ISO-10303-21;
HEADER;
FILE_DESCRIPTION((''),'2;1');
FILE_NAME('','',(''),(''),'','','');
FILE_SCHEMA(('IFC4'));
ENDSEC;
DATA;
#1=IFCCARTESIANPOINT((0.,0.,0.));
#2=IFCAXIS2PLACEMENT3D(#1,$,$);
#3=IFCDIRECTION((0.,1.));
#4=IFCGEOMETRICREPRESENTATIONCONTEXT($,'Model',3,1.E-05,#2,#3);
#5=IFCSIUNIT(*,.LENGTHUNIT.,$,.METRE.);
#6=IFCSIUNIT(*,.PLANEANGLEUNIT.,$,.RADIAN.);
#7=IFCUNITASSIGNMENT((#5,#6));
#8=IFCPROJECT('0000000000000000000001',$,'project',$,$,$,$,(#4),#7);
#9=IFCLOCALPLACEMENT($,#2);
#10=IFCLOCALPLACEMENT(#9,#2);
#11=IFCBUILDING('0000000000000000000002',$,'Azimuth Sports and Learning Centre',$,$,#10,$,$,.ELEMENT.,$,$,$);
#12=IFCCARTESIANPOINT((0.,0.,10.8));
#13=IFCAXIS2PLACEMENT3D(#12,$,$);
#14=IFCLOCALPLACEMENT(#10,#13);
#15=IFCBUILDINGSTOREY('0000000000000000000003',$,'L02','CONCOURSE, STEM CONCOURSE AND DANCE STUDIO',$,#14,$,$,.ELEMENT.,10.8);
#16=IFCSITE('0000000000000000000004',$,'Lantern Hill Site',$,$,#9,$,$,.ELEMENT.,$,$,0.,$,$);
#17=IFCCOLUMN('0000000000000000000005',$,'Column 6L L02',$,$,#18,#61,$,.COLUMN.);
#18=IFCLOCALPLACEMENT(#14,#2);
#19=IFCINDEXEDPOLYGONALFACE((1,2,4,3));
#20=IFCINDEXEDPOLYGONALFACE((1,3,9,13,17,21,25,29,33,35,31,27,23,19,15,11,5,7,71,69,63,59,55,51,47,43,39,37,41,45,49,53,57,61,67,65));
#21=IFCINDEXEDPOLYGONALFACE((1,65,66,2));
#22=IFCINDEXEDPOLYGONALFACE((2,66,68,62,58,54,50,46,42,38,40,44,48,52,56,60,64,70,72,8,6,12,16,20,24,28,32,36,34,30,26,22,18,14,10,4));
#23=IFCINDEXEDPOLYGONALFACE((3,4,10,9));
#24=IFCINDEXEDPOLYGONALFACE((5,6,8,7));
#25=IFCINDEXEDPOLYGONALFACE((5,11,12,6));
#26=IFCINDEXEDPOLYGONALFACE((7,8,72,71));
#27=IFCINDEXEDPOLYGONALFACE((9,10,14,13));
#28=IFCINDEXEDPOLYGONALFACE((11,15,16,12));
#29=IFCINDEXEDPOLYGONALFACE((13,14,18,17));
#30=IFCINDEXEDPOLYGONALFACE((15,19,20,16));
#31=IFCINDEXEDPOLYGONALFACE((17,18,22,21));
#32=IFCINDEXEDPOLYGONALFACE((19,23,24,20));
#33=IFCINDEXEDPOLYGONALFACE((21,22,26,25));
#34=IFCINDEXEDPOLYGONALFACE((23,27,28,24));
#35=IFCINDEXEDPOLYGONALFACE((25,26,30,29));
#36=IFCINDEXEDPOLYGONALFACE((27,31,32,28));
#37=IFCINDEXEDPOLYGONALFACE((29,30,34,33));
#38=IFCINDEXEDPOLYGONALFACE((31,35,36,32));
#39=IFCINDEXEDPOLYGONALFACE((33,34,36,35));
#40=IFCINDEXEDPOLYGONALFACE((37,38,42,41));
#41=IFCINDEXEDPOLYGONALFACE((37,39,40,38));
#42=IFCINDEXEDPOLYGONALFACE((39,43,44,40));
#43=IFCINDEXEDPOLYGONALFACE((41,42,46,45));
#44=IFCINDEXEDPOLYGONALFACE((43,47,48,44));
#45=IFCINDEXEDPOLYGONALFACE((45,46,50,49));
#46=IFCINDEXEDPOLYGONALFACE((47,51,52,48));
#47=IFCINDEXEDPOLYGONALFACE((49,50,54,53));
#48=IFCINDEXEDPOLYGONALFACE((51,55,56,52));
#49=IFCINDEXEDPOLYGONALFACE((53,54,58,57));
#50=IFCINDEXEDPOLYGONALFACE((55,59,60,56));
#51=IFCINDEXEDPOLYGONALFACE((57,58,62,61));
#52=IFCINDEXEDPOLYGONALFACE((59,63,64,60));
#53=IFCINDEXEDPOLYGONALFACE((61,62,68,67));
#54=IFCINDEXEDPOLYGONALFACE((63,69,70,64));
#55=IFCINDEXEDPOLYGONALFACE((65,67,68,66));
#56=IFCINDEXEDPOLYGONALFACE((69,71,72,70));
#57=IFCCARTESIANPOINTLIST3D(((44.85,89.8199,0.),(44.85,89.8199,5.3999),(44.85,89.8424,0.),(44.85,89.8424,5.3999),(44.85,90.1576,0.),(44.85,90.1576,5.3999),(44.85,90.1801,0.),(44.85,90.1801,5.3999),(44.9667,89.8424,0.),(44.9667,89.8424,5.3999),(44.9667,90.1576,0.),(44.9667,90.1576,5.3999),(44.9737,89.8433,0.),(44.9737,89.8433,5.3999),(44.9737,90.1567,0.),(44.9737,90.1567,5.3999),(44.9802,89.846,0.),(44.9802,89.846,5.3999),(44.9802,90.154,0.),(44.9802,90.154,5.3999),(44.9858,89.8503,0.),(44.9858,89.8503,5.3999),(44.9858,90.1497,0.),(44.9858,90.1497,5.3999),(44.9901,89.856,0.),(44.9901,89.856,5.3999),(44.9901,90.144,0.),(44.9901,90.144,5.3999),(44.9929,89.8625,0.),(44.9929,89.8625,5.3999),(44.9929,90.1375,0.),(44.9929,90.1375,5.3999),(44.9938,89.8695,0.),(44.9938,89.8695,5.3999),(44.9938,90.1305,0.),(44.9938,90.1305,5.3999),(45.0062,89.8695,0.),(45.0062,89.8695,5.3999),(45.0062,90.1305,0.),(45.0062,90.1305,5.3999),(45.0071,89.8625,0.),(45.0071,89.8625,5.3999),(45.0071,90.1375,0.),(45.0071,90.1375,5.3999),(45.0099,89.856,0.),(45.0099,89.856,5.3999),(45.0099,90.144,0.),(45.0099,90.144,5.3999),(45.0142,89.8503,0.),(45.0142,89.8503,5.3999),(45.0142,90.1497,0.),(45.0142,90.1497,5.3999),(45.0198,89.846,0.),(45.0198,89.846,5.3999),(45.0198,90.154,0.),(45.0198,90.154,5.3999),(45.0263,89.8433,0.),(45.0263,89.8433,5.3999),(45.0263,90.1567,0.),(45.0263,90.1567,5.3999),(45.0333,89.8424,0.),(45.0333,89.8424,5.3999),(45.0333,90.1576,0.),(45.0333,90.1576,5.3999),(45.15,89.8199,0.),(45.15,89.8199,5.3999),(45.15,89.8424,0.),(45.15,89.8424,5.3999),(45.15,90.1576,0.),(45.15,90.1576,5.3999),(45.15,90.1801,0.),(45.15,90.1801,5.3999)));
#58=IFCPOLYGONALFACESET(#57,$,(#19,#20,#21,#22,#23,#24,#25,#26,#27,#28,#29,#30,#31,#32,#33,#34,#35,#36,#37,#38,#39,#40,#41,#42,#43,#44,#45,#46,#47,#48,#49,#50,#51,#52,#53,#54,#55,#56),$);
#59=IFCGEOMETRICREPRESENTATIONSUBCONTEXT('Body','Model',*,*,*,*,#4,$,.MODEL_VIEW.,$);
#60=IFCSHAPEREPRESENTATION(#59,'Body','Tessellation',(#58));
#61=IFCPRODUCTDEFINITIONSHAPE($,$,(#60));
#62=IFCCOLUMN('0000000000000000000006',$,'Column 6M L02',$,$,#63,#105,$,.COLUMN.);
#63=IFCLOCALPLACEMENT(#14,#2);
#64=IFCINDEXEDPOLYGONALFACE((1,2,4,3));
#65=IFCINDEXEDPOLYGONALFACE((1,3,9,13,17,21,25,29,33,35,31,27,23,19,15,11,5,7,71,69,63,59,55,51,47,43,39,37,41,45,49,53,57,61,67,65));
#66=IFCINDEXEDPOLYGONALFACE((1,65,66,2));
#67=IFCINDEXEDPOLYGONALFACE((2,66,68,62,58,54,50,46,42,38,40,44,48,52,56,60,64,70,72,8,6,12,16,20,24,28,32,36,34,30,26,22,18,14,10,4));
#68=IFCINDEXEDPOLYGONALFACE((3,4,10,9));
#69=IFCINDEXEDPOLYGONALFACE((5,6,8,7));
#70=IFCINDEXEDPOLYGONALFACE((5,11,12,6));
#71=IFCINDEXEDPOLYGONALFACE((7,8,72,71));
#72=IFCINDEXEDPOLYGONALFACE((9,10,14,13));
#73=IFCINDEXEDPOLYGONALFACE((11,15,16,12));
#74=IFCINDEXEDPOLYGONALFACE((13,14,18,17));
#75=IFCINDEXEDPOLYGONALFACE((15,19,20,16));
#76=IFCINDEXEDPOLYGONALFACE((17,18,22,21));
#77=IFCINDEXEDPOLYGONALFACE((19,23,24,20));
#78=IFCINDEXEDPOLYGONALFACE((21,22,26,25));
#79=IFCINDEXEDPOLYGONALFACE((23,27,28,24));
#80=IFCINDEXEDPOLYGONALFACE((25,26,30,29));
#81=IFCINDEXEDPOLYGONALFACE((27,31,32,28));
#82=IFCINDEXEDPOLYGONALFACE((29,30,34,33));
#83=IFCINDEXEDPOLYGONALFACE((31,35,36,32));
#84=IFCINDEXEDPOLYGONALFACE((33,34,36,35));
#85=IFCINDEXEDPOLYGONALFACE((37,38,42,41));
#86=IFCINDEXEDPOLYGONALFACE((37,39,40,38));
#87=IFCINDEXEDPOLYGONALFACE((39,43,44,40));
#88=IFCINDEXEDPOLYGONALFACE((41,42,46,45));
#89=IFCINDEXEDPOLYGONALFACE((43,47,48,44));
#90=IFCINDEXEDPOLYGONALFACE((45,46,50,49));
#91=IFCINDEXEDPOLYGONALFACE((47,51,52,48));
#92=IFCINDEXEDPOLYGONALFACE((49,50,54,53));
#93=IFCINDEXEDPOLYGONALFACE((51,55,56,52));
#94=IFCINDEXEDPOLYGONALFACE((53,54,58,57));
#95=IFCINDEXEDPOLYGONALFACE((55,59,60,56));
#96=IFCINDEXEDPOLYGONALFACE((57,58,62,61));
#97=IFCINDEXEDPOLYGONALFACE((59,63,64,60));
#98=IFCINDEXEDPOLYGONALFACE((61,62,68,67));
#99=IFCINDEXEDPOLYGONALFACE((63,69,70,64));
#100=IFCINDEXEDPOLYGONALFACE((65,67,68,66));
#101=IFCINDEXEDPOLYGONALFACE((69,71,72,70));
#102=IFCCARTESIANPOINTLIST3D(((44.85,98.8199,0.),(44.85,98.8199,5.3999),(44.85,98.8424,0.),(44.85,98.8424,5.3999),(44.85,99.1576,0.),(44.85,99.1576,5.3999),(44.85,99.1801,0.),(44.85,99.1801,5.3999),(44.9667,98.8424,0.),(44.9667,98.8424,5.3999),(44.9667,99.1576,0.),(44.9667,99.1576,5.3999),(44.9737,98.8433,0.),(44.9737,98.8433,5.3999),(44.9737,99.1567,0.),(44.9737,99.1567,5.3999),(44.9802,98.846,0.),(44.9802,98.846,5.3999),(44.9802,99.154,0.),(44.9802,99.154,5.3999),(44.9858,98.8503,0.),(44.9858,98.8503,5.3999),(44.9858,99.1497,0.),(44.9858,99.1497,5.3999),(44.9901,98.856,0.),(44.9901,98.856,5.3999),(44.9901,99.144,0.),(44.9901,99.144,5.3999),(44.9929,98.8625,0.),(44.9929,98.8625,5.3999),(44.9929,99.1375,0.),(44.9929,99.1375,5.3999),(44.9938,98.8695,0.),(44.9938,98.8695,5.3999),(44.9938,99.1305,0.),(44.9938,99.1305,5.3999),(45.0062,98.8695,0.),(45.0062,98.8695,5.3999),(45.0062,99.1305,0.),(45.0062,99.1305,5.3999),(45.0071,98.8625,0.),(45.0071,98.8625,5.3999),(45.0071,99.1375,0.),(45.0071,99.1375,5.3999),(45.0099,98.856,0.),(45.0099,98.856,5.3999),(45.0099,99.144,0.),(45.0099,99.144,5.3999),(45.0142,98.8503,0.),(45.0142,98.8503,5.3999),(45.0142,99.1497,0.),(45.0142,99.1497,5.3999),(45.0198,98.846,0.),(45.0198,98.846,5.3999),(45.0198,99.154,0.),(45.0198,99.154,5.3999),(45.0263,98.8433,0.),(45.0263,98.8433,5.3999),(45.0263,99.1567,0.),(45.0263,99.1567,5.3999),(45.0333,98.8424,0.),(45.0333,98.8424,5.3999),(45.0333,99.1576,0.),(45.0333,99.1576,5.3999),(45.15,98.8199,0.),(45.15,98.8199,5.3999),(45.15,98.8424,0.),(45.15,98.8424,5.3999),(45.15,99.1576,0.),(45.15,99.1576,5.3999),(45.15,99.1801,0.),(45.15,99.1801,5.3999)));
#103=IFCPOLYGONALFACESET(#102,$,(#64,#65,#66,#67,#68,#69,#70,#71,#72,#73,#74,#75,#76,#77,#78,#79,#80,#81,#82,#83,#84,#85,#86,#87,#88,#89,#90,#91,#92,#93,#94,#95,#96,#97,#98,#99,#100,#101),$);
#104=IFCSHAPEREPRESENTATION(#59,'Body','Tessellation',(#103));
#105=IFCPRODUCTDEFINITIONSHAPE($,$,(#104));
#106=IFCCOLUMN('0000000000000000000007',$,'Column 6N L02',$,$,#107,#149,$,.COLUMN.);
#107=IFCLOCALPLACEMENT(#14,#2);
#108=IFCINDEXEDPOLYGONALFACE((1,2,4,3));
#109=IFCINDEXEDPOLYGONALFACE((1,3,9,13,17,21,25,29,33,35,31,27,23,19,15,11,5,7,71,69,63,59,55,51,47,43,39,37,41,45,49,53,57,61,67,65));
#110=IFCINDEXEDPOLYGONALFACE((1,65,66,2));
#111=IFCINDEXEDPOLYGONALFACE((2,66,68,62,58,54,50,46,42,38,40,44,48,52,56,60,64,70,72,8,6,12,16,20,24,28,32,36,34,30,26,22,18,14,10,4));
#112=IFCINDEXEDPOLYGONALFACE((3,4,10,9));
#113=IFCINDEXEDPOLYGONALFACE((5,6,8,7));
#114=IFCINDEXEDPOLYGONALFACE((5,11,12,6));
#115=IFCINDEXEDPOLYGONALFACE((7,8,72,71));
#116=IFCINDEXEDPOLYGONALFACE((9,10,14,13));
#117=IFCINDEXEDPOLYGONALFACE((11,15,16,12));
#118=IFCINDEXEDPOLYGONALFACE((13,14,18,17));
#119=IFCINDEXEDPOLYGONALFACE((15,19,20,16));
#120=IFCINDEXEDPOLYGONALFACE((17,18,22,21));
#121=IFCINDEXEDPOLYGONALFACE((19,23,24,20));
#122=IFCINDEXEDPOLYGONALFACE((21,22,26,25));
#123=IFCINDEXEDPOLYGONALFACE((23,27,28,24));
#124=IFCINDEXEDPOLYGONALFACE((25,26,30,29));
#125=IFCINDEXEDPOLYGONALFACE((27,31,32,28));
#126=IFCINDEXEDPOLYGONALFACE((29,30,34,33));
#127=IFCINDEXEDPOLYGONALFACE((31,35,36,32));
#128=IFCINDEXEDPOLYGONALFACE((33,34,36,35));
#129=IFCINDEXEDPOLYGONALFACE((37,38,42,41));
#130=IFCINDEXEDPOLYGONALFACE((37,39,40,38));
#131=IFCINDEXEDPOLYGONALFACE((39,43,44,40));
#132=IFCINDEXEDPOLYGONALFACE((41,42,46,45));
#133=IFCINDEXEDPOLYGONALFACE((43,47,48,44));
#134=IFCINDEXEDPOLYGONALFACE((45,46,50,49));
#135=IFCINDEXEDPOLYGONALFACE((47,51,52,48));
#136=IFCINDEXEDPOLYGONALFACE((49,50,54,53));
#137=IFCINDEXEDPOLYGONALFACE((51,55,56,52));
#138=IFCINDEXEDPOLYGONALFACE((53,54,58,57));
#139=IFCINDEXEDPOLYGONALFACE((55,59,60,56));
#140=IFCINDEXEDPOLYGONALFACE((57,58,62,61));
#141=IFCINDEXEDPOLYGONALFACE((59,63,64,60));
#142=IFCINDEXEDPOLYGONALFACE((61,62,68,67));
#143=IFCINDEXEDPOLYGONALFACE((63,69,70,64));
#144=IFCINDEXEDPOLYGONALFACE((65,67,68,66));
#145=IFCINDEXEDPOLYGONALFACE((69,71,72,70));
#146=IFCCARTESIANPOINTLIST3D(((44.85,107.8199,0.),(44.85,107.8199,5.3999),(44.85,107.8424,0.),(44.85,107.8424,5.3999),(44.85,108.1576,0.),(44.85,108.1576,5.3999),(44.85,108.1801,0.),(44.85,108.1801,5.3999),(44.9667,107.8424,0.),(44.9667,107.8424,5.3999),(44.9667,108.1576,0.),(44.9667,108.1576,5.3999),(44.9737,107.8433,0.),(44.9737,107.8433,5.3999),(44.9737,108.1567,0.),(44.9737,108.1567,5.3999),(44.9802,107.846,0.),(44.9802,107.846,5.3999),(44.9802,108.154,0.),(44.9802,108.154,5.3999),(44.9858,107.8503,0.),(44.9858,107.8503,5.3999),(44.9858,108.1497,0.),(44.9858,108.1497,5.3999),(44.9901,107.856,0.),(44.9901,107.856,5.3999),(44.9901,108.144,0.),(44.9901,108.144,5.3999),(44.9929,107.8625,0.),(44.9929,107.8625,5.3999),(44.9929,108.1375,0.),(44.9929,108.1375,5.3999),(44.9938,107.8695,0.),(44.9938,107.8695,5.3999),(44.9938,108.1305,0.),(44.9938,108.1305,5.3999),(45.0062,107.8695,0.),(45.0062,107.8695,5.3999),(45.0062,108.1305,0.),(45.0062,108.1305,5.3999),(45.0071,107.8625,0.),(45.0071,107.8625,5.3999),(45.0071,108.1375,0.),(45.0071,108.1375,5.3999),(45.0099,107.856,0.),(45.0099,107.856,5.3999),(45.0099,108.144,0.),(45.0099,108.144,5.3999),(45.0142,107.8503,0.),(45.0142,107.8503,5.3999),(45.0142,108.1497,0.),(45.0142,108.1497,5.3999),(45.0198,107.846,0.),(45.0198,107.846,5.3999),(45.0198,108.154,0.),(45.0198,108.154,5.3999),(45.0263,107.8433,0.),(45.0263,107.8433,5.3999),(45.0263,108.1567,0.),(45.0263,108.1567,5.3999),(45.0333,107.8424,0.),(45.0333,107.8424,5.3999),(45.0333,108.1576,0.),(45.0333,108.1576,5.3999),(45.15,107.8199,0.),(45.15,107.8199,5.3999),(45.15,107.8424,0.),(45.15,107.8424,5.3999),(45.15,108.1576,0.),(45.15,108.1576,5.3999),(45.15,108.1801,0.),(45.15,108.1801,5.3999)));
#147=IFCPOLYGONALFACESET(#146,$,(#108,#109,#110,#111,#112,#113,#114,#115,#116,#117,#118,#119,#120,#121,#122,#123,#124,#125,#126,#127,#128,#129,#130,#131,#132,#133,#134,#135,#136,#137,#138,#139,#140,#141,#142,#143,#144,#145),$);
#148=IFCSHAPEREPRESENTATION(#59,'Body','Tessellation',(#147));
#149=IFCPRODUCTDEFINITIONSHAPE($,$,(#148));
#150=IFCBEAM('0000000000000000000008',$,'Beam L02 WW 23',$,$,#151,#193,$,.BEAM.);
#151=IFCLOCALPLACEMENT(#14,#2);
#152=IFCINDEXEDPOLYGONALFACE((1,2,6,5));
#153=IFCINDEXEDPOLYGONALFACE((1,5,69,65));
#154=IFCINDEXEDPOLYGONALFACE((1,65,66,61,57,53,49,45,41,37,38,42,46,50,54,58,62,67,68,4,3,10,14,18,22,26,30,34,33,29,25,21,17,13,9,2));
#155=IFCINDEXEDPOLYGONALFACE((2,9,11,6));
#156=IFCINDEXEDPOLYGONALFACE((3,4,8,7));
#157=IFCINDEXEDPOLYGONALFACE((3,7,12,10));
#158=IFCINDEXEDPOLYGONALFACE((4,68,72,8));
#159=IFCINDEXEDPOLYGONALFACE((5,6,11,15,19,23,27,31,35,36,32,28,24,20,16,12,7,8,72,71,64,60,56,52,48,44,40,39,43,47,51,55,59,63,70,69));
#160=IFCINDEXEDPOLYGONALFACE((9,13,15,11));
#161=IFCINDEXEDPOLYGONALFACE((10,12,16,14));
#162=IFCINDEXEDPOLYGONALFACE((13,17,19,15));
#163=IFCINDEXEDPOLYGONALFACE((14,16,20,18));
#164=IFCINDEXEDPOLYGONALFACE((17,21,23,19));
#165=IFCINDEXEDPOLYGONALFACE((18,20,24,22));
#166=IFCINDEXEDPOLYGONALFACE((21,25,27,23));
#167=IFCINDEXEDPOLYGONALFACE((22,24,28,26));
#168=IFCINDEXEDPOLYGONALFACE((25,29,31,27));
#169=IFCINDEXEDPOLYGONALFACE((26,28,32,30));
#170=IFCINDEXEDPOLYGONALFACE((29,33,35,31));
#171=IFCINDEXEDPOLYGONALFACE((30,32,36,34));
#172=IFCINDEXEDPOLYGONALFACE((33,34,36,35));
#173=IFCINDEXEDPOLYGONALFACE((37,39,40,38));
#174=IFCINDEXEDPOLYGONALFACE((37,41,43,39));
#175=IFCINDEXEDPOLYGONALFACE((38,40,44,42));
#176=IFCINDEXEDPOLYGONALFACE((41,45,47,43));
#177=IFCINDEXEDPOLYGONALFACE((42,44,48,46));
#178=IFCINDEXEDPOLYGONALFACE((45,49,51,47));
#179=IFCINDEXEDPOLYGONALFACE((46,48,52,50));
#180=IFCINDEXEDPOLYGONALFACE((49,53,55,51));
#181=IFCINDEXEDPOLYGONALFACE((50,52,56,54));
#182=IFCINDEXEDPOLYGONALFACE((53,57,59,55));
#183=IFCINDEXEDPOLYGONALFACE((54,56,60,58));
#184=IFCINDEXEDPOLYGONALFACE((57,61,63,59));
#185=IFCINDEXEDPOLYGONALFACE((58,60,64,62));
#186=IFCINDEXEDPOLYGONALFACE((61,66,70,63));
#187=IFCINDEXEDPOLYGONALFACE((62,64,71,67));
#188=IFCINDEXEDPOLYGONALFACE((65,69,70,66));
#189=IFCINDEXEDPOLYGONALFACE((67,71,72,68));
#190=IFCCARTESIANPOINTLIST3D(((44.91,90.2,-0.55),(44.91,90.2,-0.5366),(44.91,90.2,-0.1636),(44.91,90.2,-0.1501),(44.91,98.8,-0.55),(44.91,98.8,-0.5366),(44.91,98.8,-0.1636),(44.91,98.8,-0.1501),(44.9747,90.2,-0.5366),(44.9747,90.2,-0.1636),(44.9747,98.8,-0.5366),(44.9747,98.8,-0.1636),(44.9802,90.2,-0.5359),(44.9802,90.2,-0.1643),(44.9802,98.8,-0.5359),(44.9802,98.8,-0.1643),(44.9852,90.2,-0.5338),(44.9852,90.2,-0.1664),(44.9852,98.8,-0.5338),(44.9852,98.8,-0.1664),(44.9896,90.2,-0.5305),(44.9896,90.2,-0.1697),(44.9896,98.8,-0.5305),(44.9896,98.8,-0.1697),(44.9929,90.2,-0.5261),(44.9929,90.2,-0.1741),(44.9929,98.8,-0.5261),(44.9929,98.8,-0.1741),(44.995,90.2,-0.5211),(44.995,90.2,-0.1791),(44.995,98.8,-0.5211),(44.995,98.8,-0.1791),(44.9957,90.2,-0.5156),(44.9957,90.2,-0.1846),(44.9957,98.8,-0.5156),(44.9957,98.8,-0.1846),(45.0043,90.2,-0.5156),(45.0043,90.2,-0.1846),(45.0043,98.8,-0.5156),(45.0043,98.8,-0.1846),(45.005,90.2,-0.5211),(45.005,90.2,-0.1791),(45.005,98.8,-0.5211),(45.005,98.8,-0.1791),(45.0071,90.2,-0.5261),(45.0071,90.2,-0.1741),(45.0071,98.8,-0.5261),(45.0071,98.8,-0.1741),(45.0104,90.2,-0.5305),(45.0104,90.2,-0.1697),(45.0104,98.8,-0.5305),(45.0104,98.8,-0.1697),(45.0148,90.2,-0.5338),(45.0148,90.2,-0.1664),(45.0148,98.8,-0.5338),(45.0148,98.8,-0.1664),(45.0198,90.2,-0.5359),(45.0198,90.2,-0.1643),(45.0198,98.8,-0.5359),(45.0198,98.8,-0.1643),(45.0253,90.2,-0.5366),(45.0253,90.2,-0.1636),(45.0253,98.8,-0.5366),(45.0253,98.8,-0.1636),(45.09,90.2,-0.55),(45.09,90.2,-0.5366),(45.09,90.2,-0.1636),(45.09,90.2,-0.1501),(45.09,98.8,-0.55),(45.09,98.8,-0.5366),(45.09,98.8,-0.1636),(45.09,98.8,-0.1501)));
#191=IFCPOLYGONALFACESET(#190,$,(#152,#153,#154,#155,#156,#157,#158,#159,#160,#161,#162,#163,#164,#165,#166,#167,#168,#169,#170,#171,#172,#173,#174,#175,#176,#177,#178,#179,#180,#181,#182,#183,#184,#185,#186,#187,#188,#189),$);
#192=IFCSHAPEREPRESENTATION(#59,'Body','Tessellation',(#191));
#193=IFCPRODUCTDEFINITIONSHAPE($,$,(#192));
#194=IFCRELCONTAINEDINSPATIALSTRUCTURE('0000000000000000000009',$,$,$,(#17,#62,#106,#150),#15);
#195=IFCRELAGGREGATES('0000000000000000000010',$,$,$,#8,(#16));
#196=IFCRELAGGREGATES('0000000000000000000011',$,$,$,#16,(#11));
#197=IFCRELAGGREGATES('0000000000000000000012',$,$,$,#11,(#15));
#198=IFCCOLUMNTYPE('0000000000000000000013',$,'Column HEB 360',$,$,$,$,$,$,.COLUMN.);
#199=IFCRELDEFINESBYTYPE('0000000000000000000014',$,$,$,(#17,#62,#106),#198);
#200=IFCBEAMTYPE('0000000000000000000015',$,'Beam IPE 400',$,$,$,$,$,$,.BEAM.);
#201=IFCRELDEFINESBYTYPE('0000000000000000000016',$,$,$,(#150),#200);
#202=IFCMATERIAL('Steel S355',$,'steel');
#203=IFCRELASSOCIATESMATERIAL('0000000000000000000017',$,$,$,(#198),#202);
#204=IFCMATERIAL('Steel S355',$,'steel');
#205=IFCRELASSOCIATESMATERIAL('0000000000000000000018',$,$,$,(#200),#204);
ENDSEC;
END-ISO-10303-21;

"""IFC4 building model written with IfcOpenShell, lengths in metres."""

from ifc_helpers import new_model, si_unit, direction, frame, origin, origin_2d, place, context, subcontext, project, spatial, i_section, extrude, material, material_profile, profile_set, type_object, element, save


model = new_model("IFC4")

# Units and contexts
model_context = context("Model", 3, precision=1e-05, world=origin(), true_north=direction((0.0, 1.0)))
body_context = subcontext(model_context, "Body", "Model", "MODEL_VIEW")
ifc_project = project(units=[si_unit("LENGTHUNIT", "METRE"), si_unit("PLANEANGLEUNIT", "RADIAN")], contexts=[model_context])

# Site, building, storey
site_placement = place(None, origin())
site = spatial("IfcSite", under=ifc_project, at=site_placement, Name="Lantern Hill Site", CompositionType="ELEMENT", RefElevation=0.0)
building_placement = place(site_placement, origin())
building = spatial("IfcBuilding", under=site, at=building_placement, Name="Azimuth Sports and Learning Centre", CompositionType="ELEMENT")
storey_placement = place(building_placement, frame((0.0, 0.0, 10.8)))
storey = spatial("IfcBuildingStorey", under=building, at=storey_placement, Name="L02", Description="CONCOURSE, STEM CONCOURSE AND DANCE STUDIO", CompositionType="ELEMENT", Elevation=10.8)

# Columns
ifc_material_1 = material(Name="Steel S355", Category="steel")
ifc_material_profile_1 = material_profile(ifc_material_1, i_section(OverallWidth=0.3, OverallDepth=0.3601, WebThickness=0.0125, FlangeThickness=0.0225, FilletRadius=0.0271, at=origin_2d()), Name="HEB 360")
ifc_profile_set_1 = profile_set([ifc_material_profile_1], Name="Steel S355")
column_type = type_object("IfcColumnType", Name="Column HEB 360", PredefinedType="COLUMN", material=ifc_profile_set_1)
for number, where, z_axis, x_axis, name in (
    (1, (45.0, 90.0, 0.0), (0.0, 0.0, 1.0), (1.0, 0.0, 0.0), "Column 6L L02"),
    (2, (45.0, 99.0, 0.0), (0.0, 0.0, 1.0), (1.0, 0.0, 0.0), "Column 6M L02"),
    (3, (45.0, 108.0, 0.0), (0.0, 0.0, 1.0), (1.0, 0.0, 0.0), "Column 6N L02"),
):
    element("IfcColumn", number, at=place(storey_placement, frame(where, z_axis=z_axis, x_axis=x_axis)), inside=storey, type_object=column_type, Name=name, PredefinedType="COLUMN", context=body_context, shape_type="SweptSolid", body=[
        extrude(i_section(OverallWidth=0.3, OverallDepth=0.3601, WebThickness=0.0125, FlangeThickness=0.0225, FilletRadius=0.0271, at=origin_2d()), origin(), (0.0, 0.0, 1.0), 5.3999),
    ])

# Beam
ifc_material_2 = material(Name="Steel S355", Category="steel")
ifc_material_profile_2 = material_profile(ifc_material_2, i_section(OverallWidth=0.1799, OverallDepth=0.3999, WebThickness=0.0085, FlangeThickness=0.0134, FilletRadius=0.021, at=origin_2d()), Name="IPE 400")
ifc_profile_set_2 = profile_set([ifc_material_profile_2], Name="Steel S355")
beam_type_1 = type_object("IfcBeamType", Name="Beam IPE 400", PredefinedType="BEAM", material=ifc_profile_set_2)
for number, where, z_axis, x_axis, name in (
    (4, (45.0, 90.2, -0.3501), (0.0, 1.0, 0.0), (-1.0, 0.0, 0.0), "Beam L02 WW 23"),
):
    element("IfcBeam", number, at=place(storey_placement, frame(where, z_axis=z_axis, x_axis=x_axis)), inside=storey, type_object=beam_type_1, Name=name, PredefinedType="BEAM", context=body_context, shape_type="SweptSolid", body=[
        extrude(i_section(OverallWidth=0.1799, OverallDepth=0.3999, WebThickness=0.0085, FlangeThickness=0.0134, FilletRadius=0.021, at=origin_2d()), origin(), (0.0, 0.0, 1.0), 8.6001),
    ])

save(model, "model.ifc")
